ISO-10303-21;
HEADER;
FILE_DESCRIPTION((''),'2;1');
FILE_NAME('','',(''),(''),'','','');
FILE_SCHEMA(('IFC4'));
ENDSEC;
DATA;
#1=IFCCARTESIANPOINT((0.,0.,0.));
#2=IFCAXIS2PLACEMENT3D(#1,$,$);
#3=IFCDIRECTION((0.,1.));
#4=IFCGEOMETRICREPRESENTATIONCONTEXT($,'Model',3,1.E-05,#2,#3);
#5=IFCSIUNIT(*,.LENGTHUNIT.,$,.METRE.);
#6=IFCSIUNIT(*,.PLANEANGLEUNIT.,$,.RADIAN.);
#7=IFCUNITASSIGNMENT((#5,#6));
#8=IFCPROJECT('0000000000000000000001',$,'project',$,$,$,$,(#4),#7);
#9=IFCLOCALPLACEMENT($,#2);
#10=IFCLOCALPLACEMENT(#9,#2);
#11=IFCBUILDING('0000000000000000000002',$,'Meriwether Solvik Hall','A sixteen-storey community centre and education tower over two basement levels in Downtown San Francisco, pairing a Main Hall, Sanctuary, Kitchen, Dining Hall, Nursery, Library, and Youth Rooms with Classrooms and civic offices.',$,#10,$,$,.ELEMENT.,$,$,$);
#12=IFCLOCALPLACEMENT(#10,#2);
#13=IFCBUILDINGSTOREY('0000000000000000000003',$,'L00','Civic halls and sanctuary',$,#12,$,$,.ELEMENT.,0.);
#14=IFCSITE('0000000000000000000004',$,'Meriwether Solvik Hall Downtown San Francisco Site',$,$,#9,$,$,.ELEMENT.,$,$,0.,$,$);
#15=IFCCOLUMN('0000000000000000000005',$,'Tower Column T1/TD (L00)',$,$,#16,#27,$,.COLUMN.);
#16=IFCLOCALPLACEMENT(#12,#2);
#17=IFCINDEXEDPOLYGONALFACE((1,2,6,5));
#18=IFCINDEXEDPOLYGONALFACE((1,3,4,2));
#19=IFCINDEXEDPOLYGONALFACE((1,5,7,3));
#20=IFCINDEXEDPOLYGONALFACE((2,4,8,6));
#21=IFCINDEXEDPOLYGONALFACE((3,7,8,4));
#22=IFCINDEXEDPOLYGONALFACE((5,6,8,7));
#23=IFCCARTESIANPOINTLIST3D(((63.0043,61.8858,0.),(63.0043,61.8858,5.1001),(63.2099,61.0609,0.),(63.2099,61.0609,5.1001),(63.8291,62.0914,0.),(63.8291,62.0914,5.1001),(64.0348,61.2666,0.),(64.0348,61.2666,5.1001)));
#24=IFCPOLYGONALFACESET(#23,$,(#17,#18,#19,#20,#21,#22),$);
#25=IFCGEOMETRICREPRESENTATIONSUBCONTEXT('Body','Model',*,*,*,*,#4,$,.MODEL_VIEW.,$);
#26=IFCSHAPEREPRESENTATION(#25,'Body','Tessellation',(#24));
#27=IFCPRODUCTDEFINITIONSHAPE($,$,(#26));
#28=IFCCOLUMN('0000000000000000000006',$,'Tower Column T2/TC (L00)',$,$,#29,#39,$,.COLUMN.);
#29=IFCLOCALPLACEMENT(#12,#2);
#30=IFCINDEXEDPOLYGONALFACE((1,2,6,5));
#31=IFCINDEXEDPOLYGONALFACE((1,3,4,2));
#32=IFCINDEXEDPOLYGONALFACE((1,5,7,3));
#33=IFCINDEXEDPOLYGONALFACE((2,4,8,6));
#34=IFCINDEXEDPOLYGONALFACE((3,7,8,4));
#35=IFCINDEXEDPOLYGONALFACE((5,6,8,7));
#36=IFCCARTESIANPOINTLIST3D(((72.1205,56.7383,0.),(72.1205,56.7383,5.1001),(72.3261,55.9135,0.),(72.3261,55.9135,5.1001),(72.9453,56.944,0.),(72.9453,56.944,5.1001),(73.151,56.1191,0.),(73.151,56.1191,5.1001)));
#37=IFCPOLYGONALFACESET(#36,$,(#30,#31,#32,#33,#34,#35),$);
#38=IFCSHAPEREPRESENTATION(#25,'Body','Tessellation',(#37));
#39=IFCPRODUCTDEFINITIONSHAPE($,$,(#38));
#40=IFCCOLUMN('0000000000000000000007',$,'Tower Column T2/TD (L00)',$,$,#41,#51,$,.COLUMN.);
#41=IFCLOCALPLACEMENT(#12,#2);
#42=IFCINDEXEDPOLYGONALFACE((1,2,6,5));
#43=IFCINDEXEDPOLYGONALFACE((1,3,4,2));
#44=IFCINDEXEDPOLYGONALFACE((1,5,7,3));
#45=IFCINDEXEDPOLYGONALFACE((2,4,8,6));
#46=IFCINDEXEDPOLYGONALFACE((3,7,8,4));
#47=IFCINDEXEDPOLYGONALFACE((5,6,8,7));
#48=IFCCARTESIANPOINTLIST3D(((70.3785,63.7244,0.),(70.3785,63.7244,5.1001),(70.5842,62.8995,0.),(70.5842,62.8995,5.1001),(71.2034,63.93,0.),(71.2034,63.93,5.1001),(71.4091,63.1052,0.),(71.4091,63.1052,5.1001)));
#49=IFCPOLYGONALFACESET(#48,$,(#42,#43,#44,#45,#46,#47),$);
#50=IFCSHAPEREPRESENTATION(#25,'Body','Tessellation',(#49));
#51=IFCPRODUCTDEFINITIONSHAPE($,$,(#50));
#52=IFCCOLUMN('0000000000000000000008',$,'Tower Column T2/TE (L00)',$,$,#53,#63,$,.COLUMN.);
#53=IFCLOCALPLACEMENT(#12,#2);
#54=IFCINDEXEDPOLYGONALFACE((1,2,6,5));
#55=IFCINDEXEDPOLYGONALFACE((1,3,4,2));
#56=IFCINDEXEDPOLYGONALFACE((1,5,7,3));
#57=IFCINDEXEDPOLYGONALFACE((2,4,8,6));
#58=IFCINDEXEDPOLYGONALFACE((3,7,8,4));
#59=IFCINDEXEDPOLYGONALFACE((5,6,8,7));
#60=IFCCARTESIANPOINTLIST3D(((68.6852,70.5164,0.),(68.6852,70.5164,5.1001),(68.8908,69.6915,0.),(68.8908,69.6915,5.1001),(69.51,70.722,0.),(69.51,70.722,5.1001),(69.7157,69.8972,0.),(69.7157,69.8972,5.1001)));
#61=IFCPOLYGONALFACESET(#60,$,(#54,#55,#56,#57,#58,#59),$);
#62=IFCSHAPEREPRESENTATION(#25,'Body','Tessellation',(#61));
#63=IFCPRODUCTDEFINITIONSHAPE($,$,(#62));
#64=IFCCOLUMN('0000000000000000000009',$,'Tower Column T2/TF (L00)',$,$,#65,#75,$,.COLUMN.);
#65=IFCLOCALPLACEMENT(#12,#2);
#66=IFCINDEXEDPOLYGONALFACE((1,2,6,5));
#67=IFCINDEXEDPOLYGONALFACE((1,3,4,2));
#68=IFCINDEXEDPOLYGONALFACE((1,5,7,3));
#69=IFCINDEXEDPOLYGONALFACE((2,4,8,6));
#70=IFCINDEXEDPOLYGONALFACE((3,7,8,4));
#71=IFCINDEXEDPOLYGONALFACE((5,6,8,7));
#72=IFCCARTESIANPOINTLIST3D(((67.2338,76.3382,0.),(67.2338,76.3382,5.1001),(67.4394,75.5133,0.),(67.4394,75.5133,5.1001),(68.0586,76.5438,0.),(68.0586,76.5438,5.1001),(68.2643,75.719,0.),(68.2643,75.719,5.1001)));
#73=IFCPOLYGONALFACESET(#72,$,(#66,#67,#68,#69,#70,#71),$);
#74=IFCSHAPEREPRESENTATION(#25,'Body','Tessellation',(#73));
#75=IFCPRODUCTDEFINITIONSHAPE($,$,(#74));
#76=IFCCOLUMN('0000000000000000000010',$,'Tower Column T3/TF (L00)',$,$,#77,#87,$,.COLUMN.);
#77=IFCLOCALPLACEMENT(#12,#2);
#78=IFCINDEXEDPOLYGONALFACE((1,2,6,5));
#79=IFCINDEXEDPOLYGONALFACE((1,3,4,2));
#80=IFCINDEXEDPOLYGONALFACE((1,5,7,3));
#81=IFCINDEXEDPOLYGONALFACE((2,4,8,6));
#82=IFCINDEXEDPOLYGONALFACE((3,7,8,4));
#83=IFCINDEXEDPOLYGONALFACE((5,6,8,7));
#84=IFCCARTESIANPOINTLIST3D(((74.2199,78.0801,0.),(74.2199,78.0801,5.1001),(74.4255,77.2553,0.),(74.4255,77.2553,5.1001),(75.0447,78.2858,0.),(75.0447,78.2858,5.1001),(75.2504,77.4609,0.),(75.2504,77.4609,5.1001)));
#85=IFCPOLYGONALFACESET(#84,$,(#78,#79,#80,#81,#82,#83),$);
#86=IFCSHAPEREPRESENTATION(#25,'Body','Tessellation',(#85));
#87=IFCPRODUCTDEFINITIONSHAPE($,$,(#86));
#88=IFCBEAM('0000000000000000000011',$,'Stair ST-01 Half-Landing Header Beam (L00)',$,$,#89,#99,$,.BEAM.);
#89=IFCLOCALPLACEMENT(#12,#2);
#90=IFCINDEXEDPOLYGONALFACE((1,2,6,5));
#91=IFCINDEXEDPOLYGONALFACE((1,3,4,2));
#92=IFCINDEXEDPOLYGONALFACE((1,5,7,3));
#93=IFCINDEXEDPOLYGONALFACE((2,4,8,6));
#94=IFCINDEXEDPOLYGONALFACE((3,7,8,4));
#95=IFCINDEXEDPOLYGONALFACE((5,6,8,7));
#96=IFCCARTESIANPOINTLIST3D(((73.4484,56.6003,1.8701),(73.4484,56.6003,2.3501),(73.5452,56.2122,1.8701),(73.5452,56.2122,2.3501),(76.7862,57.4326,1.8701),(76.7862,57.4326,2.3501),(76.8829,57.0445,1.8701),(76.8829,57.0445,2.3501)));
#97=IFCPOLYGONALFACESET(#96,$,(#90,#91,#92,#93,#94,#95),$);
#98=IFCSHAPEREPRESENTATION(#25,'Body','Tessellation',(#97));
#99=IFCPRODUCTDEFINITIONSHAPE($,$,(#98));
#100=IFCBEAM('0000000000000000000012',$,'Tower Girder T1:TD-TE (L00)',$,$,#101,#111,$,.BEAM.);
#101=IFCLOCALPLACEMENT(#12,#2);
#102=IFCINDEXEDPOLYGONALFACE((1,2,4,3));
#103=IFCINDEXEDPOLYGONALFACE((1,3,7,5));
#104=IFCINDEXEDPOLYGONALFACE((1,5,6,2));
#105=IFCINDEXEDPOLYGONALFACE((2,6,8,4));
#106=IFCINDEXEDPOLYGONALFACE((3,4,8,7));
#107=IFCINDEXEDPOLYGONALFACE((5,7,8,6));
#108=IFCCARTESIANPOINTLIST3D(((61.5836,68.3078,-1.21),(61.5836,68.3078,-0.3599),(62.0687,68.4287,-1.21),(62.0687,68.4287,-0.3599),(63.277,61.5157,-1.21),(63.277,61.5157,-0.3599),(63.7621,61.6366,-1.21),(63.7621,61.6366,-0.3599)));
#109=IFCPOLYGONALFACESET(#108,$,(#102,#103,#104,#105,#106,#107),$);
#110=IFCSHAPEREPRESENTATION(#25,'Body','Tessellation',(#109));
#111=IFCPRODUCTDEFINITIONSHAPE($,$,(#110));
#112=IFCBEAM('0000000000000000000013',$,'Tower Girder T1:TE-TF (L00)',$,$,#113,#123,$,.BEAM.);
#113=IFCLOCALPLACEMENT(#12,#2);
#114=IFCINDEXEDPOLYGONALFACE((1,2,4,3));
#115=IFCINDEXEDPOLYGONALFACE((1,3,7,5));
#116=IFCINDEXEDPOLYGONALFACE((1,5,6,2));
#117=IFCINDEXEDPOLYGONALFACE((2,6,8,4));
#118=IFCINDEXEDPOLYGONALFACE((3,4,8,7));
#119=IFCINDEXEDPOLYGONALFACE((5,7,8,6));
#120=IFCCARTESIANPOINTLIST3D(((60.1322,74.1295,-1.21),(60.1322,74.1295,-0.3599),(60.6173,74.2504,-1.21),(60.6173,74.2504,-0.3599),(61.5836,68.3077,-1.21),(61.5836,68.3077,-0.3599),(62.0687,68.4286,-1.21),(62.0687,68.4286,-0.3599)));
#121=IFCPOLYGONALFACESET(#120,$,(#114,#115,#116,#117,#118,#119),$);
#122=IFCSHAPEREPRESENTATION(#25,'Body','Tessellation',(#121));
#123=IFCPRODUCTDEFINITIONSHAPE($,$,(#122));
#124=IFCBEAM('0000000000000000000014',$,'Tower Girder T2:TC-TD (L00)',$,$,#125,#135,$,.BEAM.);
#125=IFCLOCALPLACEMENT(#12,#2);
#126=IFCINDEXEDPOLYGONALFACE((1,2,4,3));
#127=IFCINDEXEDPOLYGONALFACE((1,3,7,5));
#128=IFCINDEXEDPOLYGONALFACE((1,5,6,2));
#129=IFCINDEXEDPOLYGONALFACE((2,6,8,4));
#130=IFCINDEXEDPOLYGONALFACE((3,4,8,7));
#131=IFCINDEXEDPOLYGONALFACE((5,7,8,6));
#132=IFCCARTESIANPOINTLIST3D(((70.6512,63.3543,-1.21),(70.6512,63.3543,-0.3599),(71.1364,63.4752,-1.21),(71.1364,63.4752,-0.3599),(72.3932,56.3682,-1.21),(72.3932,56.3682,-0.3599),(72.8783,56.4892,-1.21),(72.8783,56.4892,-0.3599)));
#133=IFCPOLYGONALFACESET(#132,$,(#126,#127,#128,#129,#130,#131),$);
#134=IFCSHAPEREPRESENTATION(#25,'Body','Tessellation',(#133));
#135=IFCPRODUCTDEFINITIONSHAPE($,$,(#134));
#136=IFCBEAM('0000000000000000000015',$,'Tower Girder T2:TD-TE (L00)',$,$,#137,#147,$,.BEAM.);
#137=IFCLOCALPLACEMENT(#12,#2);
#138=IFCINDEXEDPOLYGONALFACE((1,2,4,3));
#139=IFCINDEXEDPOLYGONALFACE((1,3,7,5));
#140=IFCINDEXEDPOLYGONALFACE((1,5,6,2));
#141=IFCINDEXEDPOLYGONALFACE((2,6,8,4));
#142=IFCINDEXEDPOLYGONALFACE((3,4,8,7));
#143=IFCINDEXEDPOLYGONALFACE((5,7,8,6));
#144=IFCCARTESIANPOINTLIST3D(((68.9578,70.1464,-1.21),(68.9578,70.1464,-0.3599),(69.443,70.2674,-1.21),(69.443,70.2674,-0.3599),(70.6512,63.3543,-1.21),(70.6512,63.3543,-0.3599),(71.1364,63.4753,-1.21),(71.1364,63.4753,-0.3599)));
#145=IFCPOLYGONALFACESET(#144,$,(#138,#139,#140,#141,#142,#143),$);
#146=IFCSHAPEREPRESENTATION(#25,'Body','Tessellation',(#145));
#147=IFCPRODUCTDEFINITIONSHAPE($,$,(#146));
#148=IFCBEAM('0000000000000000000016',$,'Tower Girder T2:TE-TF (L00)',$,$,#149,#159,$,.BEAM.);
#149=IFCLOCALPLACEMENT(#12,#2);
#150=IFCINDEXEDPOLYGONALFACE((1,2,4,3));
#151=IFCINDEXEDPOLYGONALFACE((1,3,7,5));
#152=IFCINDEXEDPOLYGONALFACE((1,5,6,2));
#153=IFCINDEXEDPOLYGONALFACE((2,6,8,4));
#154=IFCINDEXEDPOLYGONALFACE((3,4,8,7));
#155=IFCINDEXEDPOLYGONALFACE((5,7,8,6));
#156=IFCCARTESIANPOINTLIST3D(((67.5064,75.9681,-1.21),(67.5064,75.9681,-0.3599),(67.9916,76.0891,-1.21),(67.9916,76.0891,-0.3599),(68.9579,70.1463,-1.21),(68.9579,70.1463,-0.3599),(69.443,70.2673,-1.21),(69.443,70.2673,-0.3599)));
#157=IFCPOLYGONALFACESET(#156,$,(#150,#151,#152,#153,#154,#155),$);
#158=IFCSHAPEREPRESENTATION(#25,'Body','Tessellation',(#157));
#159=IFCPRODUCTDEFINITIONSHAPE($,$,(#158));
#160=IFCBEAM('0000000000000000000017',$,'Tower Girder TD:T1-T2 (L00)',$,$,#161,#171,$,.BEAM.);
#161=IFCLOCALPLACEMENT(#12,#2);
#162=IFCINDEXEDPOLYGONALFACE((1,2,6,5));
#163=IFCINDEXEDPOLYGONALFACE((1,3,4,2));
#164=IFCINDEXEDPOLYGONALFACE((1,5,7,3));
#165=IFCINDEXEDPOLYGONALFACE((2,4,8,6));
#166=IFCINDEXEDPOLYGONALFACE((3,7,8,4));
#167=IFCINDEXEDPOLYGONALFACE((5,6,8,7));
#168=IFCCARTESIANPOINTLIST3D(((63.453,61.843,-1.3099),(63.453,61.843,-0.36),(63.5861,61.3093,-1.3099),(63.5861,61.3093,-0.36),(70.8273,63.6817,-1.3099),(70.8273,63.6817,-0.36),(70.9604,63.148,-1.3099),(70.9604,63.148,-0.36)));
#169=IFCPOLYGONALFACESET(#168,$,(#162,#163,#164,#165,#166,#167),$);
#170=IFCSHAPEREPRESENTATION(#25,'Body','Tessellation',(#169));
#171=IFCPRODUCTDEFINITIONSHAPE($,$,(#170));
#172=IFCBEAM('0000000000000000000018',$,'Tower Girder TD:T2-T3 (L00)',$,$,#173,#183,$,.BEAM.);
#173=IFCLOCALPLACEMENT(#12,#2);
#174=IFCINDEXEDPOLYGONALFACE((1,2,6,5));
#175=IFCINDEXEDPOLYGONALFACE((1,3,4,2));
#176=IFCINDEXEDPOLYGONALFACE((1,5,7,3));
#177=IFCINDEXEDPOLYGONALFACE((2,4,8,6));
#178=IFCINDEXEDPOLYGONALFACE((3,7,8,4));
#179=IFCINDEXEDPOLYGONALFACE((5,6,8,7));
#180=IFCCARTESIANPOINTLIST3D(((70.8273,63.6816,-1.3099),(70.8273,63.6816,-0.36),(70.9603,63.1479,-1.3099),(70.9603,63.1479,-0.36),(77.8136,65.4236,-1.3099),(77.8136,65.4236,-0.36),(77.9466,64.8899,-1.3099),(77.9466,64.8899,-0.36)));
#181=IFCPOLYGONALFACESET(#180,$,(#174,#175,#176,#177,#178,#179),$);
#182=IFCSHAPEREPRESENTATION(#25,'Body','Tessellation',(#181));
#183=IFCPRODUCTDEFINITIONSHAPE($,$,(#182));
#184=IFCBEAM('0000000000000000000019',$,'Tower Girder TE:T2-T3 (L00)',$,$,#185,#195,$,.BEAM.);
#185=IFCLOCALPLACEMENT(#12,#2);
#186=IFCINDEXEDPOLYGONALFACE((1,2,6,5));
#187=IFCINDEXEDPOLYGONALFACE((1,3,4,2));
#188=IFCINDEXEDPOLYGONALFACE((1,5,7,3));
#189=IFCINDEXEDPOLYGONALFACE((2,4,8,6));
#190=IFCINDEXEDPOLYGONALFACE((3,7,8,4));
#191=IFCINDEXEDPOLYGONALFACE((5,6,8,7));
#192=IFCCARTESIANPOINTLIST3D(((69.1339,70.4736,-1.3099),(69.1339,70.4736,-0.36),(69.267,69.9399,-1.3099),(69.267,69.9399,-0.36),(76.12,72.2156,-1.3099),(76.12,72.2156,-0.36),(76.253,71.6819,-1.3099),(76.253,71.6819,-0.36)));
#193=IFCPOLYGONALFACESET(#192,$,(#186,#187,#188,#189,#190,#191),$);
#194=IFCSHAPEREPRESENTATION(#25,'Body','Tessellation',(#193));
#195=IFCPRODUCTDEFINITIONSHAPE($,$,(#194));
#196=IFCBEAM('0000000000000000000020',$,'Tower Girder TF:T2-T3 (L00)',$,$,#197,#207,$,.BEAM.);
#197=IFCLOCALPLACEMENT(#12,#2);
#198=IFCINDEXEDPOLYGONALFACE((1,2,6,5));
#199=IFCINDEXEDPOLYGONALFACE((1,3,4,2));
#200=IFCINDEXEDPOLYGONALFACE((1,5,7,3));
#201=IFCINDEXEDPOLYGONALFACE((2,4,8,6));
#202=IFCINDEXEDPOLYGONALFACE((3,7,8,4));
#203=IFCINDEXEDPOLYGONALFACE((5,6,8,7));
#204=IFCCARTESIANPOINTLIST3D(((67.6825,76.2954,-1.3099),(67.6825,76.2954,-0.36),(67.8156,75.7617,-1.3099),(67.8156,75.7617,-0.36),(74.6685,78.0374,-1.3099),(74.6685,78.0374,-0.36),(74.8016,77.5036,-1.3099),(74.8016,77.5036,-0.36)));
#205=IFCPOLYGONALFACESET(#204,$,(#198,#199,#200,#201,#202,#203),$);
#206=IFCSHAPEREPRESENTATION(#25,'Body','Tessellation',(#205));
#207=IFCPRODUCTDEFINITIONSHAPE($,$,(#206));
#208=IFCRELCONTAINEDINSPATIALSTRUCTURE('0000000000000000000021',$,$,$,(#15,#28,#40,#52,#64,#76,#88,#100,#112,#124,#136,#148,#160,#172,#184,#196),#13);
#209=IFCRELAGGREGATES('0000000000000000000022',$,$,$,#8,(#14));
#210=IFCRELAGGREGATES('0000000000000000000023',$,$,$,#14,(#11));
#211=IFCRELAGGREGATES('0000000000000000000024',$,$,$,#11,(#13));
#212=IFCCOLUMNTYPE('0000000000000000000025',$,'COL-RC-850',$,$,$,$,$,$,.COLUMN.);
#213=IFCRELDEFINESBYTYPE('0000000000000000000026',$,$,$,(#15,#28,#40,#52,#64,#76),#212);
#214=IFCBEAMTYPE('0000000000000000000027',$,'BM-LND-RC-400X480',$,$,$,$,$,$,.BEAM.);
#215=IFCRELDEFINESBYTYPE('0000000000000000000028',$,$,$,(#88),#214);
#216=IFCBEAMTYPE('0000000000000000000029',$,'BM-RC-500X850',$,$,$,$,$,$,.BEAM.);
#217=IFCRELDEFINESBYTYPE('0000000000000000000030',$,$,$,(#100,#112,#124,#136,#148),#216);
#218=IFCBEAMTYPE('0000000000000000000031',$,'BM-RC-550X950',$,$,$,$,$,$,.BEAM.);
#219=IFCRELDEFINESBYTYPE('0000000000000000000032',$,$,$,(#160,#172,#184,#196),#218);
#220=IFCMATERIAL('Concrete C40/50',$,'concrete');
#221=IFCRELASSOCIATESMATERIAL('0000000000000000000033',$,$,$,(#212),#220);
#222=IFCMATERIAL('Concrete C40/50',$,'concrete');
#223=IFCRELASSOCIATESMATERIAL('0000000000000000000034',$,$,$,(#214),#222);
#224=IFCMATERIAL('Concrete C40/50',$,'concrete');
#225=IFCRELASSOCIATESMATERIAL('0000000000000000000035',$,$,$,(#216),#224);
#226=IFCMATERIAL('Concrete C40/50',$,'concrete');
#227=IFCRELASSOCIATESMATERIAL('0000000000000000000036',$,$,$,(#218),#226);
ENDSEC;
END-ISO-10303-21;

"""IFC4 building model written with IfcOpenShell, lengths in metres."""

from ifc_helpers import new_model, si_unit, direction, frame, origin, origin_2d, place, context, subcontext, project, spatial, rectangle, extrude, material, material_profile, profile_set, type_object, element, save


model = new_model("IFC4")

# Units and contexts
model_context = context("Model", 3, precision=1e-05, world=origin(), true_north=direction((0.0, 1.0)))
body_context = subcontext(model_context, "Body", "Model", "MODEL_VIEW")
ifc_project = project(units=[si_unit("LENGTHUNIT", "METRE"), si_unit("PLANEANGLEUNIT", "RADIAN")], contexts=[model_context])

# Site, building, storey
site_placement = place(None, origin())
site = spatial("IfcSite", under=ifc_project, at=site_placement, Name="Meriwether Solvik Hall Downtown San Francisco Site", CompositionType="ELEMENT", RefElevation=0.0)
building_placement = place(site_placement, origin())
building = spatial("IfcBuilding", under=site, at=building_placement, Name="Meriwether Solvik Hall", Description="A sixteen-storey community centre and education tower over two basement levels in Downtown San Francisco, pairing a Main Hall, Sanctuary, Kitchen, Dining Hall, Nursery, Library, and Youth Rooms with Classrooms and civic offices.", CompositionType="ELEMENT")
storey_placement = place(building_placement, origin())
storey = spatial("IfcBuildingStorey", under=building, at=storey_placement, Name="L00", Description="Civic halls and sanctuary", CompositionType="ELEMENT", Elevation=0.0)

# Columns
ifc_material_1 = material(Name="Concrete C40/50", Category="concrete")
ifc_material_profile_1 = material_profile(ifc_material_1, rectangle(XDim=0.8501, YDim=0.8501, at=origin_2d()), Name="RCC-850X850")
ifc_profile_set_1 = profile_set([ifc_material_profile_1], Name="Concrete C40/50")
column_type = type_object("IfcColumnType", Name="COL-RC-850", PredefinedType="COLUMN", material=ifc_profile_set_1)
for number, where, z_axis, x_axis, name in (
    (1, (63.5195, 61.5762, 0.0), (0.0, 0.0, 1.0), (0.970296, 0.241922, 0.0), "Tower Column T1/TD (L00)"),
    (2, (72.6357, 56.4287, 0.0), (0.0, 0.0, 1.0), (0.970296, 0.241922, 0.0), "Tower Column T2/TC (L00)"),
    (3, (70.8938, 63.4148, 0.0), (0.0, 0.0, 1.0), (0.970296, 0.241922, 0.0), "Tower Column T2/TD (L00)"),
    (4, (69.2004, 70.2068, 0.0), (0.0, 0.0, 1.0), (0.970296, 0.241922, 0.0), "Tower Column T2/TE (L00)"),
    (5, (67.749, 76.0286, 0.0), (0.0, 0.0, 1.0), (0.970296, 0.241922, 0.0), "Tower Column T2/TF (L00)"),
    (6, (74.7351, 77.7705, 0.0), (0.0, 0.0, 1.0), (0.970296, 0.241922, 0.0), "Tower Column T3/TF (L00)"),
):
    element("IfcColumn", number, at=place(storey_placement, frame(where, z_axis=z_axis, x_axis=x_axis)), inside=storey, type_object=column_type, Name=name, PredefinedType="COLUMN", context=body_context, shape_type="SweptSolid", body=[
        extrude(rectangle(XDim=0.8501, YDim=0.8501, at=origin_2d()), origin(), (0.0, 0.0, 1.0), 5.1001),
    ])

# Beams
ifc_material_2 = material(Name="Concrete C40/50", Category="concrete")
ifc_material_profile_2 = material_profile(ifc_material_2, rectangle(XDim=0.3999, YDim=0.48, at=origin_2d()), Name="RCB-400X480")
ifc_profile_set_2 = profile_set([ifc_material_profile_2], Name="Concrete C40/50")
beam_type_1 = type_object("IfcBeamType", Name="BM-LND-RC-400X480", PredefinedType="BEAM", material=ifc_profile_set_2)
beam_1_placement = place(storey_placement, frame((73.4968, 56.4062, 2.1101), z_axis=(0.970288, 0.241951, 0.0), x_axis=(-0.241951, 0.970288, 0.0)))
element("IfcBeam", 7, at=beam_1_placement, inside=storey, type_object=beam_type_1, Name="Stair ST-01 Half-Landing Header Beam (L00)", PredefinedType="BEAM", context=body_context, shape_type="SweptSolid", body=[
    extrude(rectangle(XDim=0.3999, YDim=0.48, at=origin_2d()), origin(), (0.0, 0.0, 1.0), 3.4399),
])
ifc_material_3 = material(Name="Concrete C40/50", Category="concrete")
ifc_material_profile_3 = material_profile(ifc_material_3, rectangle(XDim=0.5, YDim=0.8501, at=origin_2d()), Name="RCB-500X850")
ifc_profile_set_3 = profile_set([ifc_material_profile_3], Name="Concrete C40/50")
beam_type_2 = type_object("IfcBeamType", Name="BM-RC-500X850", PredefinedType="BEAM", material=ifc_profile_set_3)
beam_2_placement = place(storey_placement, frame((63.5195, 61.5762, -0.7849), z_axis=(-0.241912, 0.970298, 0.0), x_axis=(-0.970298, -0.241912, 0.0)))
element("IfcBeam", 8, at=beam_2_placement, inside=storey, type_object=beam_type_2, Name="Tower Girder T1:TD-TE (L00)", PredefinedType="BEAM", context=body_context, shape_type="SweptSolid", body=[
    extrude(rectangle(XDim=0.5, YDim=0.8501, at=origin_2d()), origin(), (0.0, 0.0, 1.0), 7.0),
])
beam_3_placement = place(storey_placement, frame((61.8262, 68.3682, -0.7849), z_axis=(-0.241904, 0.9703, 0.0), x_axis=(-0.9703, -0.241904, 0.0)))
element("IfcBeam", 9, at=beam_3_placement, inside=storey, type_object=beam_type_2, Name="Tower Girder T1:TE-TF (L00)", PredefinedType="BEAM", context=body_context, shape_type="SweptSolid", body=[
    extrude(rectangle(XDim=0.5, YDim=0.8501, at=origin_2d()), origin(), (0.0, 0.0, 1.0), 6.0),
])
beam_4_placement = place(storey_placement, frame((72.6357, 56.4287, -0.7849), z_axis=(-0.241937, 0.970292, 0.0), x_axis=(-0.970292, -0.241937, 0.0)))
element("IfcBeam", 10, at=beam_4_placement, inside=storey, type_object=beam_type_2, Name="Tower Girder T2:TC-TD (L00)", PredefinedType="BEAM", context=body_context, shape_type="SweptSolid", body=[
    extrude(rectangle(XDim=0.5, YDim=0.8501, at=origin_2d()), origin(), (0.0, 0.0, 1.0), 7.2),
])
beam_5_placement = place(storey_placement, frame((70.8938, 63.4148, -0.7849), z_axis=(-0.241912, 0.970298, 0.0), x_axis=(-0.970298, -0.241912, 0.0)))
element("IfcBeam", 11, at=beam_5_placement, inside=storey, type_object=beam_type_2, Name="Tower Girder T2:TD-TE (L00)", PredefinedType="BEAM", context=body_context, shape_type="SweptSolid", body=[
    extrude(rectangle(XDim=0.5, YDim=0.8501, at=origin_2d()), origin(), (0.0, 0.0, 1.0), 7.0),
])
beam_6_placement = place(storey_placement, frame((69.2004, 70.2068, -0.7849), z_axis=(-0.241904, 0.9703, 0.0), x_axis=(-0.9703, -0.241904, 0.0)))
element("IfcBeam", 12, at=beam_6_placement, inside=storey, type_object=beam_type_2, Name="Tower Girder T2:TE-TF (L00)", PredefinedType="BEAM", context=body_context, shape_type="SweptSolid", body=[
    extrude(rectangle(XDim=0.5, YDim=0.8501, at=origin_2d()), origin(), (0.0, 0.0, 1.0), 6.0),
])
ifc_material_4 = material(Name="Concrete C40/50", Category="concrete")
ifc_material_profile_4 = material_profile(ifc_material_4, rectangle(XDim=0.55, YDim=0.95, at=origin_2d()), Name="RCB-550X950")
ifc_profile_set_4 = profile_set([ifc_material_profile_4], Name="Concrete C40/50")
beam_type_3 = type_object("IfcBeamType", Name="BM-RC-550X950", PredefinedType="BEAM", material=ifc_profile_set_4)
beam_7_placement = place(storey_placement, frame((63.5195, 61.5762, -0.835), z_axis=(0.970295, 0.241923, 0.0), x_axis=(-0.241923, 0.970295, 0.0)))
element("IfcBeam", 13, at=beam_7_placement, inside=storey, type_object=beam_type_3, Name="Tower Girder TD:T1-T2 (L00)", PredefinedType="BEAM", context=body_context, shape_type="SweptSolid", body=[
    extrude(rectangle(XDim=0.55, YDim=0.95, at=origin_2d()), origin(), (0.0, 0.0, 1.0), 7.6001),
])
beam_8_placement = place(storey_placement, frame((70.8938, 63.4148, -0.835), z_axis=(0.970294, 0.241929, 0.0), x_axis=(-0.241929, 0.970294, 0.0)))
element("IfcBeam", 14, at=beam_8_placement, inside=storey, type_object=beam_type_3, Name="Tower Girder TD:T2-T3 (L00)", PredefinedType="BEAM", context=body_context, shape_type="SweptSolid", body=[
    extrude(rectangle(XDim=0.55, YDim=0.95, at=origin_2d()), origin(), (0.0, 0.0, 1.0), 7.2002),
])
for number, where, z_axis, x_axis, name in (
    (15, (69.2004, 70.2068, -0.835), (0.970292, 0.241937, 0.0), (-0.241937, 0.970292, 0.0), "Tower Girder TE:T2-T3 (L00)"),
    (16, (67.749, 76.0286, -0.835), (0.970292, 0.241937, 0.0), (-0.241937, 0.970292, 0.0), "Tower Girder TF:T2-T3 (L00)"),
):
    element("IfcBeam", number, at=place(storey_placement, frame(where, z_axis=z_axis, x_axis=x_axis)), inside=storey, type_object=beam_type_3, Name=name, PredefinedType="BEAM", context=body_context, shape_type="SweptSolid", body=[
        extrude(rectangle(XDim=0.55, YDim=0.95, at=origin_2d()), origin(), (0.0, 0.0, 1.0), 7.2),
    ])

save(model, "model.ifc")
